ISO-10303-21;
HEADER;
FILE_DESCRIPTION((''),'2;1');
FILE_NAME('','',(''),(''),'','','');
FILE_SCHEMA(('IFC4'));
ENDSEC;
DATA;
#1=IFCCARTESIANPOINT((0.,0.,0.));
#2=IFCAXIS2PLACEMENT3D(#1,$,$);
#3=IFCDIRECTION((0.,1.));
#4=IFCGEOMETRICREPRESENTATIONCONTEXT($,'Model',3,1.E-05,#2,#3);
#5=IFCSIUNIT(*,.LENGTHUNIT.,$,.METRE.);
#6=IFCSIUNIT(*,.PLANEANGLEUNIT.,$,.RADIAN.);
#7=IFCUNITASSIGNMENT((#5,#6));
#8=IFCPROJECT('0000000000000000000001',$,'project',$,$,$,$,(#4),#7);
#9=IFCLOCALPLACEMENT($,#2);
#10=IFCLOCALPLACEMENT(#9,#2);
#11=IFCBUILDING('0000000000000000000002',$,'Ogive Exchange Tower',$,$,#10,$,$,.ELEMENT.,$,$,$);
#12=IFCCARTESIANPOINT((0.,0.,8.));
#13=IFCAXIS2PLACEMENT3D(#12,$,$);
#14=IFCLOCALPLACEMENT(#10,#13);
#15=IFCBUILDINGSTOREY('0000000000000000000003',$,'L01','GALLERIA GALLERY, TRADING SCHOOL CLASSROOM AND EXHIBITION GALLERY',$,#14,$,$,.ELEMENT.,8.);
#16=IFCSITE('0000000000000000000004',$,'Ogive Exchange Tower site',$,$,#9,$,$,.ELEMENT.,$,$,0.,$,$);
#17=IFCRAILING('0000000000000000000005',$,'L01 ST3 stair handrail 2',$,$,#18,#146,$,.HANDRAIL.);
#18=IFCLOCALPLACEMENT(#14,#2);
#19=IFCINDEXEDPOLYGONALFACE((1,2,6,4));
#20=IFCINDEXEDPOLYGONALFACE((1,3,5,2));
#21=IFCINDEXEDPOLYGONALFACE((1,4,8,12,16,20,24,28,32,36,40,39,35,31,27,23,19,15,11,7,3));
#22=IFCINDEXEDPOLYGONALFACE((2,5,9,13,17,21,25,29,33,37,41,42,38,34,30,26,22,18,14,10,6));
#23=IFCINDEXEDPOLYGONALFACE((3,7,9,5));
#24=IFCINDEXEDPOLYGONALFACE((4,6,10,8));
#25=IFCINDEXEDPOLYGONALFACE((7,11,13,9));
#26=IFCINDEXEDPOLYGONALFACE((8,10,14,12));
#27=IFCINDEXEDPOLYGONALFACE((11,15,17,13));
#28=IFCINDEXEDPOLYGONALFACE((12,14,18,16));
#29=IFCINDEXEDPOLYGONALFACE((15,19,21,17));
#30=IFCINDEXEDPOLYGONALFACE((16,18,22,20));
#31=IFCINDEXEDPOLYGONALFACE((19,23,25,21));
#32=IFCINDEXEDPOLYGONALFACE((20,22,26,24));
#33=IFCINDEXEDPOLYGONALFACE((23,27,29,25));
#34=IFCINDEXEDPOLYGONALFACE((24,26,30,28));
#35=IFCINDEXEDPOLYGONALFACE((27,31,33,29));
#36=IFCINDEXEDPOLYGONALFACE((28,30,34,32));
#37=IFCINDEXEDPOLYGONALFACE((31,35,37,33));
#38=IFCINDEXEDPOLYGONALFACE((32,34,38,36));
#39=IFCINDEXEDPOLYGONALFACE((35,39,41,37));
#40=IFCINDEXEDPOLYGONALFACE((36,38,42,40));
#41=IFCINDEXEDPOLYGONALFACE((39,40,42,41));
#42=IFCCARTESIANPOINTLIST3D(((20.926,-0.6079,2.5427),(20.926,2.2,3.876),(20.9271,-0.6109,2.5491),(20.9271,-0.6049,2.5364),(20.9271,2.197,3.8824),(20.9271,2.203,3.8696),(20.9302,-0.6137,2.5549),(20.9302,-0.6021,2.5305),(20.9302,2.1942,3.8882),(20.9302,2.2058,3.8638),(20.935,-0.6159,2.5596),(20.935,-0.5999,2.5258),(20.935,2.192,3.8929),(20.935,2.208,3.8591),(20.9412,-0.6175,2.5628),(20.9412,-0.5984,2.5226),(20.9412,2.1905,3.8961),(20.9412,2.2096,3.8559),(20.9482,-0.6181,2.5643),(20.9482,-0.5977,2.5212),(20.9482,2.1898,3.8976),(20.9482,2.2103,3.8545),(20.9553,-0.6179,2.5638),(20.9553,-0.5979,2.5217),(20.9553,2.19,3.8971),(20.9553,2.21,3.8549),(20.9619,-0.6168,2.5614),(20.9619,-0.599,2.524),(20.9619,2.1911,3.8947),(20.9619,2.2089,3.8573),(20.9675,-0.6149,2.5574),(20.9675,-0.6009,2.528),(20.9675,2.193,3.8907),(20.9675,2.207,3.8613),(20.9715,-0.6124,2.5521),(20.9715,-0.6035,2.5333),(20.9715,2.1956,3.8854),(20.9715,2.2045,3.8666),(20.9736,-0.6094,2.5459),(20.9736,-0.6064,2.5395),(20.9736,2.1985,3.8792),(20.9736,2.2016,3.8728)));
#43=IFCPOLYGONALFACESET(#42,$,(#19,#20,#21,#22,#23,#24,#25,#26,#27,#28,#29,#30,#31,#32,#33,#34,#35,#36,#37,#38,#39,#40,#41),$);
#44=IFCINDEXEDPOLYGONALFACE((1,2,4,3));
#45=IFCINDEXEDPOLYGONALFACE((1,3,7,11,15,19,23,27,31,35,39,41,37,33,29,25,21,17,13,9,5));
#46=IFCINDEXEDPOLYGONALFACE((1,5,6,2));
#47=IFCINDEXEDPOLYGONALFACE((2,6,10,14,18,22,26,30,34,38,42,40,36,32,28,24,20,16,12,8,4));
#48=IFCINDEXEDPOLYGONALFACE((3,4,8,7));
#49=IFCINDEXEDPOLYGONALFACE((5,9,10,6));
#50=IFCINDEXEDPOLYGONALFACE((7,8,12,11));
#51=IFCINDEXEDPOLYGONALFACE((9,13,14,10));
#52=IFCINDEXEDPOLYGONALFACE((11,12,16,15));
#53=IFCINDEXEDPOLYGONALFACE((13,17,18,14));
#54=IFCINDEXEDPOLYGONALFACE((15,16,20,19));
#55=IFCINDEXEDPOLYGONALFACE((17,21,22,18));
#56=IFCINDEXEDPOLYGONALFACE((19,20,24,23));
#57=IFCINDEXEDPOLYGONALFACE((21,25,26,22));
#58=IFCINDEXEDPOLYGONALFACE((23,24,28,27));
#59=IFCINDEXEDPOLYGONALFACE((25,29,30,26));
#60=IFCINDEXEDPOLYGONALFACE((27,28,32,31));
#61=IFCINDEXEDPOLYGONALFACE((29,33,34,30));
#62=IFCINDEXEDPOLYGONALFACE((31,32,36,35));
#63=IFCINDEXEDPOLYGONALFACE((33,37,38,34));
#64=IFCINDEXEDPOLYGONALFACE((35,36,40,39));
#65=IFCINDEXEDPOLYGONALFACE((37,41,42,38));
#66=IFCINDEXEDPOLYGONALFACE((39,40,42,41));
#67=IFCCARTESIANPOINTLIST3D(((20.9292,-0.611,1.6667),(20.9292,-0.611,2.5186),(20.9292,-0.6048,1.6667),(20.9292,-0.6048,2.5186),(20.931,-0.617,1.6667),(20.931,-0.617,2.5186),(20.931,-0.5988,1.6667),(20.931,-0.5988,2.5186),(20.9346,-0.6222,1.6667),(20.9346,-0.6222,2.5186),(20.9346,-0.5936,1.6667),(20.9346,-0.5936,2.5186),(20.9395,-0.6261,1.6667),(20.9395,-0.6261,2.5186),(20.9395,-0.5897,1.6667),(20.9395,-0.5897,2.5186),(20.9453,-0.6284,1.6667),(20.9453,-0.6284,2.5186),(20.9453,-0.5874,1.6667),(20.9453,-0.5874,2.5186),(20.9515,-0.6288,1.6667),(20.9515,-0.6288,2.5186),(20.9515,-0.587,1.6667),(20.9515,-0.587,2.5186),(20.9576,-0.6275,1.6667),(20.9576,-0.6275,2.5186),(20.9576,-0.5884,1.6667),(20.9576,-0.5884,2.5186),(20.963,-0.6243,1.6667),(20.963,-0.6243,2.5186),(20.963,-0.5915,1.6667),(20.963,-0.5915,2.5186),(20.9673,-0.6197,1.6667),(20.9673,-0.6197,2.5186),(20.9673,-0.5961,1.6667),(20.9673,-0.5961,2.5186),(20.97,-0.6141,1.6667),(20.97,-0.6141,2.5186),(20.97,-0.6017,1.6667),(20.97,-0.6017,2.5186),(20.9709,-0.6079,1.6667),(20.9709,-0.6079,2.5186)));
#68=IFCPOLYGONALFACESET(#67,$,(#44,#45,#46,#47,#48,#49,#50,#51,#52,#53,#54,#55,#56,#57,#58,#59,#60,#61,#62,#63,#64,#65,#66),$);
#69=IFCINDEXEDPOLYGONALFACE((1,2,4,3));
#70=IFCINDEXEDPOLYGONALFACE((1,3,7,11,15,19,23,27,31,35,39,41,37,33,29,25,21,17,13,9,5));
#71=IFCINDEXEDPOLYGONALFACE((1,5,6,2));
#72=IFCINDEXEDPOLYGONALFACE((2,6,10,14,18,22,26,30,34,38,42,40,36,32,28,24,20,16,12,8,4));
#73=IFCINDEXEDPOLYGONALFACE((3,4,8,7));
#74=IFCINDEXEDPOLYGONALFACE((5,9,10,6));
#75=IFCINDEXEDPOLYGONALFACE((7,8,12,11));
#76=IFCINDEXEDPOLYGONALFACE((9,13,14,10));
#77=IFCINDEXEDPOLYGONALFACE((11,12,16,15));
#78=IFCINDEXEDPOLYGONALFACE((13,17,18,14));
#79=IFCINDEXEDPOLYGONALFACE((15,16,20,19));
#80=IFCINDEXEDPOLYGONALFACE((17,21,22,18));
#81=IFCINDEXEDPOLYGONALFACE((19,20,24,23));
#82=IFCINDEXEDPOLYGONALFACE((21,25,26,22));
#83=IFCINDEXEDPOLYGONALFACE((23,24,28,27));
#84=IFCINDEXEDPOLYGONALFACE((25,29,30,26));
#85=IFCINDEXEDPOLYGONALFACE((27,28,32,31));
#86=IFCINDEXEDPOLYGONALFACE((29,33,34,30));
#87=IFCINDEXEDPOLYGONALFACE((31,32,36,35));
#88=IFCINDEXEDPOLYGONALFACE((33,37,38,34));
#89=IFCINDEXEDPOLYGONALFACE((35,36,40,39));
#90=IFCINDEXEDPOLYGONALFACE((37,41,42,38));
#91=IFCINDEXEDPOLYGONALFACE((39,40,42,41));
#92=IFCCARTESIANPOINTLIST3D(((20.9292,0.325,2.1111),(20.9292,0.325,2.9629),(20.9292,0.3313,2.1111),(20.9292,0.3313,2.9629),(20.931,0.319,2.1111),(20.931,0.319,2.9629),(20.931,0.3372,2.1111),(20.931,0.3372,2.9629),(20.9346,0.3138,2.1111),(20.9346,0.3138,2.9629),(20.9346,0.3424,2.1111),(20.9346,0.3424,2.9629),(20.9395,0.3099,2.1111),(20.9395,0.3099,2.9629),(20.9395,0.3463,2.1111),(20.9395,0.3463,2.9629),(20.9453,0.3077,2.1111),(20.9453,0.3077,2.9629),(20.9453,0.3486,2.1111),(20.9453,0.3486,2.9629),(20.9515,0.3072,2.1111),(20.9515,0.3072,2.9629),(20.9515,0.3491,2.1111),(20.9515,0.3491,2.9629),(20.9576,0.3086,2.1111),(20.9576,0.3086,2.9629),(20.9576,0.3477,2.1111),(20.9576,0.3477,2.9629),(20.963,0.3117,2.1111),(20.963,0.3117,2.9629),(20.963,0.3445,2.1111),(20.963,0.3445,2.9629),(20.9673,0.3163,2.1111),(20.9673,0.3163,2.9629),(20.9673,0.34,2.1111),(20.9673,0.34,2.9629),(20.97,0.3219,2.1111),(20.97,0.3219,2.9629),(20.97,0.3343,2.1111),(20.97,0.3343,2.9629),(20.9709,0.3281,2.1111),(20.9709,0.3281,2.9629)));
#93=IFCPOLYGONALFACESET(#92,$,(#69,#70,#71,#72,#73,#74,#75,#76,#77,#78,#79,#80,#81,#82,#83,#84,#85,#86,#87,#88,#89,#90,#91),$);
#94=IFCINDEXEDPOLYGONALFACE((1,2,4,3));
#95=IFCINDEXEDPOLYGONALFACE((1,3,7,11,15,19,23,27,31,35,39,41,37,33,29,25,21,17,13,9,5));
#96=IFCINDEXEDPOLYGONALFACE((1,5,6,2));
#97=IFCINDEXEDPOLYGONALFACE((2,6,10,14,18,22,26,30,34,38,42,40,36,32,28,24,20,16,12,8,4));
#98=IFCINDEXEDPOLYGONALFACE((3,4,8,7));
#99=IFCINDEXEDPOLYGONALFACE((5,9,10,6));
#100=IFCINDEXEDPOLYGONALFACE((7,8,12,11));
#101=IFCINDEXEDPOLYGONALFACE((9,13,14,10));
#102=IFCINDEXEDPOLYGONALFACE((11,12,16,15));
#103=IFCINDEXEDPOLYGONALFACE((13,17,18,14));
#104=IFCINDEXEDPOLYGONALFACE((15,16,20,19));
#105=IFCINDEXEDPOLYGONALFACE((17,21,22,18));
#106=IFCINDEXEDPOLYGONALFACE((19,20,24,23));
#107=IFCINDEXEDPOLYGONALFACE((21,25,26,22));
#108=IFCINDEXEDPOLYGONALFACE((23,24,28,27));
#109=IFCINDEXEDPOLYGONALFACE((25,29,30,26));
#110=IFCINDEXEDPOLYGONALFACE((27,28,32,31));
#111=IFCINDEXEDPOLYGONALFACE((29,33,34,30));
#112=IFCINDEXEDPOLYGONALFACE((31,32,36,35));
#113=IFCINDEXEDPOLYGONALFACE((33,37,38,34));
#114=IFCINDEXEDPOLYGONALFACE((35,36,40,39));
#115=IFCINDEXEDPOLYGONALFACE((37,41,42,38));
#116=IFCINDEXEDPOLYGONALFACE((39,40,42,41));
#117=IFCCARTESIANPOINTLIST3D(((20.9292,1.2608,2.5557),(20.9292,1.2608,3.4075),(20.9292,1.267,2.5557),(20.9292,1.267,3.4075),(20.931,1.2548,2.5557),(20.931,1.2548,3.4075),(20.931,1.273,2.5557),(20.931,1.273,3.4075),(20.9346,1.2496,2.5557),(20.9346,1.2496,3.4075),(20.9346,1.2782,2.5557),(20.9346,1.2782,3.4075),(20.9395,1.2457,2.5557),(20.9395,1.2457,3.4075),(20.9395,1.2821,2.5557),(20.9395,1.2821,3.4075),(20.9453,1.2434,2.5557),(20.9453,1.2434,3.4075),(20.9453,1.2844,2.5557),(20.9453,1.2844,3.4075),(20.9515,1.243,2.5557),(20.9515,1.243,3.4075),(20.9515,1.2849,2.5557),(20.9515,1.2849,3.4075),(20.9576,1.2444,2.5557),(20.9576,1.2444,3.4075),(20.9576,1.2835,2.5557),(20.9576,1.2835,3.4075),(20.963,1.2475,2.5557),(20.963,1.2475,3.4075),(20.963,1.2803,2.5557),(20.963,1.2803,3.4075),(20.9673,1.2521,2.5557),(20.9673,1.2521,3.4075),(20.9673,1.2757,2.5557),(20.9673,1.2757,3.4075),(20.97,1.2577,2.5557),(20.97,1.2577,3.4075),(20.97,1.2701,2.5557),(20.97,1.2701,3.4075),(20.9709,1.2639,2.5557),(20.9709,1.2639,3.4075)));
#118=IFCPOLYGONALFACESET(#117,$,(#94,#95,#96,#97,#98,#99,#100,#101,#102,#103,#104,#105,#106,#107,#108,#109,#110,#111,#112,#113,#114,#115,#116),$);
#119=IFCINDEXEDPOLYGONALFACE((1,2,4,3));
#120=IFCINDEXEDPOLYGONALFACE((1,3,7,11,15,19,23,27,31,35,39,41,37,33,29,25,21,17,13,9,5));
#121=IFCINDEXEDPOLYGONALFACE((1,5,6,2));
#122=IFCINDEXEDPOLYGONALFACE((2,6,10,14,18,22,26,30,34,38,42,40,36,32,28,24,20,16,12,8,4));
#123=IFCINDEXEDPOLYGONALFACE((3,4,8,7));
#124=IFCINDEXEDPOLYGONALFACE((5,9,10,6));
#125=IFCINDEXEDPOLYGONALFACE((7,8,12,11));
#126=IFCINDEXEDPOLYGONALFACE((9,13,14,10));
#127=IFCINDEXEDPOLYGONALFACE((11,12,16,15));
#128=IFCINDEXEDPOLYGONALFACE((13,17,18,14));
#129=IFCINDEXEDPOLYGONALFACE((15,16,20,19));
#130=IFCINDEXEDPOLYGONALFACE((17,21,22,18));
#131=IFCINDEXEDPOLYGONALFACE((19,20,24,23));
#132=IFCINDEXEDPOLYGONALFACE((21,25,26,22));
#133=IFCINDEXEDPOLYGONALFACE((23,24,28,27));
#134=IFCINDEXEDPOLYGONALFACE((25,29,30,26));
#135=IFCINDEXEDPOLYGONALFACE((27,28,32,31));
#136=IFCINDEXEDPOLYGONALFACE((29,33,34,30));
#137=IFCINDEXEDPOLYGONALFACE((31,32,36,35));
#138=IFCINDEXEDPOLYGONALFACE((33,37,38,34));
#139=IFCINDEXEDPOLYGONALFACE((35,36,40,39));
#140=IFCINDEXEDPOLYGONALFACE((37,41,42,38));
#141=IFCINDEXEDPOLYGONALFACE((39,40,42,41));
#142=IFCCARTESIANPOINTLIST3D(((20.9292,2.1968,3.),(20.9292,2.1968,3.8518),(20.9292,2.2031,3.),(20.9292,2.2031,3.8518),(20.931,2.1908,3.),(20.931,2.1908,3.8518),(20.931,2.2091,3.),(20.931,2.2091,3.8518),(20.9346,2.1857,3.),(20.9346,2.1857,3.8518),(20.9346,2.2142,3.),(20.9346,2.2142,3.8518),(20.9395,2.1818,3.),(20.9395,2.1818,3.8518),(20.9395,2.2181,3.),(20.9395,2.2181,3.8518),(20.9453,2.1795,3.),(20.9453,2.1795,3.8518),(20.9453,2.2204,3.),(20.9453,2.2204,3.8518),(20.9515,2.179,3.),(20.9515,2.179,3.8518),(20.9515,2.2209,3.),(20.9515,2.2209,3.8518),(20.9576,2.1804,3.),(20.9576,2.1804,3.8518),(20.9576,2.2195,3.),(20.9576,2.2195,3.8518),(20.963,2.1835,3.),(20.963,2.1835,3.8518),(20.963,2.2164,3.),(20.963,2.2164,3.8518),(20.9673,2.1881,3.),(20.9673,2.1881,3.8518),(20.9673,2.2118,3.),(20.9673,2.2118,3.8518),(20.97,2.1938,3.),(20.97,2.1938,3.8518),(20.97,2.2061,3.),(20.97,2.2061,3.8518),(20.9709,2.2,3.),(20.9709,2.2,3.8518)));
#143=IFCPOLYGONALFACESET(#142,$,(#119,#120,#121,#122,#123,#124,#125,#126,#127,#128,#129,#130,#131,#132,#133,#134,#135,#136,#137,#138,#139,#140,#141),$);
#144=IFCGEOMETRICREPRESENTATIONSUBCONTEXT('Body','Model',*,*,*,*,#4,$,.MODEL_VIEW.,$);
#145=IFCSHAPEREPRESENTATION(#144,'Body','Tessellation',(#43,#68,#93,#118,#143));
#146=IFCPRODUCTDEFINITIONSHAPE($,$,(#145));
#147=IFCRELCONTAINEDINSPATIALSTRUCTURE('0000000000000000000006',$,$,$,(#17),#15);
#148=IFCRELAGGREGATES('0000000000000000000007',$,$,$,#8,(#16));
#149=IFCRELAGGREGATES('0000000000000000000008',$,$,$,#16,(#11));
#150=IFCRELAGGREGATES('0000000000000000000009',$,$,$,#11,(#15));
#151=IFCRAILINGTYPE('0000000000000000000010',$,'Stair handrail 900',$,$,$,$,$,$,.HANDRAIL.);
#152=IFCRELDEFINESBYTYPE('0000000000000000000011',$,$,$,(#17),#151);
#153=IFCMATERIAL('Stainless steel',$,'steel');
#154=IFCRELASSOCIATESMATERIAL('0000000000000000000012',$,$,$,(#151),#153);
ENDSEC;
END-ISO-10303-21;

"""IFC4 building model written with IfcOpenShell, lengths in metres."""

from ifc_helpers import new_model, si_unit, direction, frame, origin, origin_2d, place, context, subcontext, project, spatial, circle, extrude, material, type_object, element, save


model = new_model("IFC4")

# Units and contexts
model_context = context("Model", 3, precision=1e-05, world=origin(), true_north=direction((0.0, 1.0)))
body_context = subcontext(model_context, "Body", "Model", "MODEL_VIEW")
ifc_project = project(units=[si_unit("LENGTHUNIT", "METRE"), si_unit("PLANEANGLEUNIT", "RADIAN")], contexts=[model_context])

# Site, building, storey
site_placement = place(None, origin())
site = spatial("IfcSite", under=ifc_project, at=site_placement, Name="Ogive Exchange Tower site", CompositionType="ELEMENT", RefElevation=0.0)
building_placement = place(site_placement, origin())
building = spatial("IfcBuilding", under=site, at=building_placement, Name="Ogive Exchange Tower", CompositionType="ELEMENT")
storey_placement = place(building_placement, frame((0.0, 0.0, 8.0)))
storey = spatial("IfcBuildingStorey", under=building, at=storey_placement, Name="L01", Description="GALLERIA GALLERY, TRADING SCHOOL CLASSROOM AND EXHIBITION GALLERY", CompositionType="ELEMENT", Elevation=8.0)

# Railing
ifc_material_1 = material(Name="Stainless steel", Category="steel")
railing_type = type_object("IfcRailingType", Name="Stair handrail 900", PredefinedType="HANDRAIL", material=ifc_material_1)
railing_1_placement = place(storey_placement, frame((20.95, -0.6079, 1.6667)))
element("IfcRailing", 1, at=railing_1_placement, inside=storey, type_object=railing_type, Name="L01 ST3 stair handrail 2", PredefinedType="HANDRAIL", context=body_context, shape_type="SweptSolid", body=[
    extrude(circle(Radius=0.0239, at=origin_2d()), frame((0.0, 0.0, 0.876), z_axis=(0.0, 0.903338, 0.42893), x_axis=(-1.0, 0.0, 0.0)), (0.0, 0.0, 1.0), 3.1084),
    extrude(circle(Radius=0.021, at=origin_2d()), origin(), (0.0, 0.0, 1.0), 0.8518),
    extrude(circle(Radius=0.021, at=origin_2d()), frame((0.0, 0.936, 0.4443)), (0.0, 0.0, 1.0), 0.8518),
    extrude(circle(Radius=0.021, at=origin_2d()), frame((0.0, 1.8718, 0.8889)), (0.0, 0.0, 1.0), 0.8518),
    extrude(circle(Radius=0.021, at=origin_2d()), frame((0.0, 2.8079, 1.3333)), (0.0, 0.0, 1.0), 0.8518),
])

save(model, "model.ifc")
